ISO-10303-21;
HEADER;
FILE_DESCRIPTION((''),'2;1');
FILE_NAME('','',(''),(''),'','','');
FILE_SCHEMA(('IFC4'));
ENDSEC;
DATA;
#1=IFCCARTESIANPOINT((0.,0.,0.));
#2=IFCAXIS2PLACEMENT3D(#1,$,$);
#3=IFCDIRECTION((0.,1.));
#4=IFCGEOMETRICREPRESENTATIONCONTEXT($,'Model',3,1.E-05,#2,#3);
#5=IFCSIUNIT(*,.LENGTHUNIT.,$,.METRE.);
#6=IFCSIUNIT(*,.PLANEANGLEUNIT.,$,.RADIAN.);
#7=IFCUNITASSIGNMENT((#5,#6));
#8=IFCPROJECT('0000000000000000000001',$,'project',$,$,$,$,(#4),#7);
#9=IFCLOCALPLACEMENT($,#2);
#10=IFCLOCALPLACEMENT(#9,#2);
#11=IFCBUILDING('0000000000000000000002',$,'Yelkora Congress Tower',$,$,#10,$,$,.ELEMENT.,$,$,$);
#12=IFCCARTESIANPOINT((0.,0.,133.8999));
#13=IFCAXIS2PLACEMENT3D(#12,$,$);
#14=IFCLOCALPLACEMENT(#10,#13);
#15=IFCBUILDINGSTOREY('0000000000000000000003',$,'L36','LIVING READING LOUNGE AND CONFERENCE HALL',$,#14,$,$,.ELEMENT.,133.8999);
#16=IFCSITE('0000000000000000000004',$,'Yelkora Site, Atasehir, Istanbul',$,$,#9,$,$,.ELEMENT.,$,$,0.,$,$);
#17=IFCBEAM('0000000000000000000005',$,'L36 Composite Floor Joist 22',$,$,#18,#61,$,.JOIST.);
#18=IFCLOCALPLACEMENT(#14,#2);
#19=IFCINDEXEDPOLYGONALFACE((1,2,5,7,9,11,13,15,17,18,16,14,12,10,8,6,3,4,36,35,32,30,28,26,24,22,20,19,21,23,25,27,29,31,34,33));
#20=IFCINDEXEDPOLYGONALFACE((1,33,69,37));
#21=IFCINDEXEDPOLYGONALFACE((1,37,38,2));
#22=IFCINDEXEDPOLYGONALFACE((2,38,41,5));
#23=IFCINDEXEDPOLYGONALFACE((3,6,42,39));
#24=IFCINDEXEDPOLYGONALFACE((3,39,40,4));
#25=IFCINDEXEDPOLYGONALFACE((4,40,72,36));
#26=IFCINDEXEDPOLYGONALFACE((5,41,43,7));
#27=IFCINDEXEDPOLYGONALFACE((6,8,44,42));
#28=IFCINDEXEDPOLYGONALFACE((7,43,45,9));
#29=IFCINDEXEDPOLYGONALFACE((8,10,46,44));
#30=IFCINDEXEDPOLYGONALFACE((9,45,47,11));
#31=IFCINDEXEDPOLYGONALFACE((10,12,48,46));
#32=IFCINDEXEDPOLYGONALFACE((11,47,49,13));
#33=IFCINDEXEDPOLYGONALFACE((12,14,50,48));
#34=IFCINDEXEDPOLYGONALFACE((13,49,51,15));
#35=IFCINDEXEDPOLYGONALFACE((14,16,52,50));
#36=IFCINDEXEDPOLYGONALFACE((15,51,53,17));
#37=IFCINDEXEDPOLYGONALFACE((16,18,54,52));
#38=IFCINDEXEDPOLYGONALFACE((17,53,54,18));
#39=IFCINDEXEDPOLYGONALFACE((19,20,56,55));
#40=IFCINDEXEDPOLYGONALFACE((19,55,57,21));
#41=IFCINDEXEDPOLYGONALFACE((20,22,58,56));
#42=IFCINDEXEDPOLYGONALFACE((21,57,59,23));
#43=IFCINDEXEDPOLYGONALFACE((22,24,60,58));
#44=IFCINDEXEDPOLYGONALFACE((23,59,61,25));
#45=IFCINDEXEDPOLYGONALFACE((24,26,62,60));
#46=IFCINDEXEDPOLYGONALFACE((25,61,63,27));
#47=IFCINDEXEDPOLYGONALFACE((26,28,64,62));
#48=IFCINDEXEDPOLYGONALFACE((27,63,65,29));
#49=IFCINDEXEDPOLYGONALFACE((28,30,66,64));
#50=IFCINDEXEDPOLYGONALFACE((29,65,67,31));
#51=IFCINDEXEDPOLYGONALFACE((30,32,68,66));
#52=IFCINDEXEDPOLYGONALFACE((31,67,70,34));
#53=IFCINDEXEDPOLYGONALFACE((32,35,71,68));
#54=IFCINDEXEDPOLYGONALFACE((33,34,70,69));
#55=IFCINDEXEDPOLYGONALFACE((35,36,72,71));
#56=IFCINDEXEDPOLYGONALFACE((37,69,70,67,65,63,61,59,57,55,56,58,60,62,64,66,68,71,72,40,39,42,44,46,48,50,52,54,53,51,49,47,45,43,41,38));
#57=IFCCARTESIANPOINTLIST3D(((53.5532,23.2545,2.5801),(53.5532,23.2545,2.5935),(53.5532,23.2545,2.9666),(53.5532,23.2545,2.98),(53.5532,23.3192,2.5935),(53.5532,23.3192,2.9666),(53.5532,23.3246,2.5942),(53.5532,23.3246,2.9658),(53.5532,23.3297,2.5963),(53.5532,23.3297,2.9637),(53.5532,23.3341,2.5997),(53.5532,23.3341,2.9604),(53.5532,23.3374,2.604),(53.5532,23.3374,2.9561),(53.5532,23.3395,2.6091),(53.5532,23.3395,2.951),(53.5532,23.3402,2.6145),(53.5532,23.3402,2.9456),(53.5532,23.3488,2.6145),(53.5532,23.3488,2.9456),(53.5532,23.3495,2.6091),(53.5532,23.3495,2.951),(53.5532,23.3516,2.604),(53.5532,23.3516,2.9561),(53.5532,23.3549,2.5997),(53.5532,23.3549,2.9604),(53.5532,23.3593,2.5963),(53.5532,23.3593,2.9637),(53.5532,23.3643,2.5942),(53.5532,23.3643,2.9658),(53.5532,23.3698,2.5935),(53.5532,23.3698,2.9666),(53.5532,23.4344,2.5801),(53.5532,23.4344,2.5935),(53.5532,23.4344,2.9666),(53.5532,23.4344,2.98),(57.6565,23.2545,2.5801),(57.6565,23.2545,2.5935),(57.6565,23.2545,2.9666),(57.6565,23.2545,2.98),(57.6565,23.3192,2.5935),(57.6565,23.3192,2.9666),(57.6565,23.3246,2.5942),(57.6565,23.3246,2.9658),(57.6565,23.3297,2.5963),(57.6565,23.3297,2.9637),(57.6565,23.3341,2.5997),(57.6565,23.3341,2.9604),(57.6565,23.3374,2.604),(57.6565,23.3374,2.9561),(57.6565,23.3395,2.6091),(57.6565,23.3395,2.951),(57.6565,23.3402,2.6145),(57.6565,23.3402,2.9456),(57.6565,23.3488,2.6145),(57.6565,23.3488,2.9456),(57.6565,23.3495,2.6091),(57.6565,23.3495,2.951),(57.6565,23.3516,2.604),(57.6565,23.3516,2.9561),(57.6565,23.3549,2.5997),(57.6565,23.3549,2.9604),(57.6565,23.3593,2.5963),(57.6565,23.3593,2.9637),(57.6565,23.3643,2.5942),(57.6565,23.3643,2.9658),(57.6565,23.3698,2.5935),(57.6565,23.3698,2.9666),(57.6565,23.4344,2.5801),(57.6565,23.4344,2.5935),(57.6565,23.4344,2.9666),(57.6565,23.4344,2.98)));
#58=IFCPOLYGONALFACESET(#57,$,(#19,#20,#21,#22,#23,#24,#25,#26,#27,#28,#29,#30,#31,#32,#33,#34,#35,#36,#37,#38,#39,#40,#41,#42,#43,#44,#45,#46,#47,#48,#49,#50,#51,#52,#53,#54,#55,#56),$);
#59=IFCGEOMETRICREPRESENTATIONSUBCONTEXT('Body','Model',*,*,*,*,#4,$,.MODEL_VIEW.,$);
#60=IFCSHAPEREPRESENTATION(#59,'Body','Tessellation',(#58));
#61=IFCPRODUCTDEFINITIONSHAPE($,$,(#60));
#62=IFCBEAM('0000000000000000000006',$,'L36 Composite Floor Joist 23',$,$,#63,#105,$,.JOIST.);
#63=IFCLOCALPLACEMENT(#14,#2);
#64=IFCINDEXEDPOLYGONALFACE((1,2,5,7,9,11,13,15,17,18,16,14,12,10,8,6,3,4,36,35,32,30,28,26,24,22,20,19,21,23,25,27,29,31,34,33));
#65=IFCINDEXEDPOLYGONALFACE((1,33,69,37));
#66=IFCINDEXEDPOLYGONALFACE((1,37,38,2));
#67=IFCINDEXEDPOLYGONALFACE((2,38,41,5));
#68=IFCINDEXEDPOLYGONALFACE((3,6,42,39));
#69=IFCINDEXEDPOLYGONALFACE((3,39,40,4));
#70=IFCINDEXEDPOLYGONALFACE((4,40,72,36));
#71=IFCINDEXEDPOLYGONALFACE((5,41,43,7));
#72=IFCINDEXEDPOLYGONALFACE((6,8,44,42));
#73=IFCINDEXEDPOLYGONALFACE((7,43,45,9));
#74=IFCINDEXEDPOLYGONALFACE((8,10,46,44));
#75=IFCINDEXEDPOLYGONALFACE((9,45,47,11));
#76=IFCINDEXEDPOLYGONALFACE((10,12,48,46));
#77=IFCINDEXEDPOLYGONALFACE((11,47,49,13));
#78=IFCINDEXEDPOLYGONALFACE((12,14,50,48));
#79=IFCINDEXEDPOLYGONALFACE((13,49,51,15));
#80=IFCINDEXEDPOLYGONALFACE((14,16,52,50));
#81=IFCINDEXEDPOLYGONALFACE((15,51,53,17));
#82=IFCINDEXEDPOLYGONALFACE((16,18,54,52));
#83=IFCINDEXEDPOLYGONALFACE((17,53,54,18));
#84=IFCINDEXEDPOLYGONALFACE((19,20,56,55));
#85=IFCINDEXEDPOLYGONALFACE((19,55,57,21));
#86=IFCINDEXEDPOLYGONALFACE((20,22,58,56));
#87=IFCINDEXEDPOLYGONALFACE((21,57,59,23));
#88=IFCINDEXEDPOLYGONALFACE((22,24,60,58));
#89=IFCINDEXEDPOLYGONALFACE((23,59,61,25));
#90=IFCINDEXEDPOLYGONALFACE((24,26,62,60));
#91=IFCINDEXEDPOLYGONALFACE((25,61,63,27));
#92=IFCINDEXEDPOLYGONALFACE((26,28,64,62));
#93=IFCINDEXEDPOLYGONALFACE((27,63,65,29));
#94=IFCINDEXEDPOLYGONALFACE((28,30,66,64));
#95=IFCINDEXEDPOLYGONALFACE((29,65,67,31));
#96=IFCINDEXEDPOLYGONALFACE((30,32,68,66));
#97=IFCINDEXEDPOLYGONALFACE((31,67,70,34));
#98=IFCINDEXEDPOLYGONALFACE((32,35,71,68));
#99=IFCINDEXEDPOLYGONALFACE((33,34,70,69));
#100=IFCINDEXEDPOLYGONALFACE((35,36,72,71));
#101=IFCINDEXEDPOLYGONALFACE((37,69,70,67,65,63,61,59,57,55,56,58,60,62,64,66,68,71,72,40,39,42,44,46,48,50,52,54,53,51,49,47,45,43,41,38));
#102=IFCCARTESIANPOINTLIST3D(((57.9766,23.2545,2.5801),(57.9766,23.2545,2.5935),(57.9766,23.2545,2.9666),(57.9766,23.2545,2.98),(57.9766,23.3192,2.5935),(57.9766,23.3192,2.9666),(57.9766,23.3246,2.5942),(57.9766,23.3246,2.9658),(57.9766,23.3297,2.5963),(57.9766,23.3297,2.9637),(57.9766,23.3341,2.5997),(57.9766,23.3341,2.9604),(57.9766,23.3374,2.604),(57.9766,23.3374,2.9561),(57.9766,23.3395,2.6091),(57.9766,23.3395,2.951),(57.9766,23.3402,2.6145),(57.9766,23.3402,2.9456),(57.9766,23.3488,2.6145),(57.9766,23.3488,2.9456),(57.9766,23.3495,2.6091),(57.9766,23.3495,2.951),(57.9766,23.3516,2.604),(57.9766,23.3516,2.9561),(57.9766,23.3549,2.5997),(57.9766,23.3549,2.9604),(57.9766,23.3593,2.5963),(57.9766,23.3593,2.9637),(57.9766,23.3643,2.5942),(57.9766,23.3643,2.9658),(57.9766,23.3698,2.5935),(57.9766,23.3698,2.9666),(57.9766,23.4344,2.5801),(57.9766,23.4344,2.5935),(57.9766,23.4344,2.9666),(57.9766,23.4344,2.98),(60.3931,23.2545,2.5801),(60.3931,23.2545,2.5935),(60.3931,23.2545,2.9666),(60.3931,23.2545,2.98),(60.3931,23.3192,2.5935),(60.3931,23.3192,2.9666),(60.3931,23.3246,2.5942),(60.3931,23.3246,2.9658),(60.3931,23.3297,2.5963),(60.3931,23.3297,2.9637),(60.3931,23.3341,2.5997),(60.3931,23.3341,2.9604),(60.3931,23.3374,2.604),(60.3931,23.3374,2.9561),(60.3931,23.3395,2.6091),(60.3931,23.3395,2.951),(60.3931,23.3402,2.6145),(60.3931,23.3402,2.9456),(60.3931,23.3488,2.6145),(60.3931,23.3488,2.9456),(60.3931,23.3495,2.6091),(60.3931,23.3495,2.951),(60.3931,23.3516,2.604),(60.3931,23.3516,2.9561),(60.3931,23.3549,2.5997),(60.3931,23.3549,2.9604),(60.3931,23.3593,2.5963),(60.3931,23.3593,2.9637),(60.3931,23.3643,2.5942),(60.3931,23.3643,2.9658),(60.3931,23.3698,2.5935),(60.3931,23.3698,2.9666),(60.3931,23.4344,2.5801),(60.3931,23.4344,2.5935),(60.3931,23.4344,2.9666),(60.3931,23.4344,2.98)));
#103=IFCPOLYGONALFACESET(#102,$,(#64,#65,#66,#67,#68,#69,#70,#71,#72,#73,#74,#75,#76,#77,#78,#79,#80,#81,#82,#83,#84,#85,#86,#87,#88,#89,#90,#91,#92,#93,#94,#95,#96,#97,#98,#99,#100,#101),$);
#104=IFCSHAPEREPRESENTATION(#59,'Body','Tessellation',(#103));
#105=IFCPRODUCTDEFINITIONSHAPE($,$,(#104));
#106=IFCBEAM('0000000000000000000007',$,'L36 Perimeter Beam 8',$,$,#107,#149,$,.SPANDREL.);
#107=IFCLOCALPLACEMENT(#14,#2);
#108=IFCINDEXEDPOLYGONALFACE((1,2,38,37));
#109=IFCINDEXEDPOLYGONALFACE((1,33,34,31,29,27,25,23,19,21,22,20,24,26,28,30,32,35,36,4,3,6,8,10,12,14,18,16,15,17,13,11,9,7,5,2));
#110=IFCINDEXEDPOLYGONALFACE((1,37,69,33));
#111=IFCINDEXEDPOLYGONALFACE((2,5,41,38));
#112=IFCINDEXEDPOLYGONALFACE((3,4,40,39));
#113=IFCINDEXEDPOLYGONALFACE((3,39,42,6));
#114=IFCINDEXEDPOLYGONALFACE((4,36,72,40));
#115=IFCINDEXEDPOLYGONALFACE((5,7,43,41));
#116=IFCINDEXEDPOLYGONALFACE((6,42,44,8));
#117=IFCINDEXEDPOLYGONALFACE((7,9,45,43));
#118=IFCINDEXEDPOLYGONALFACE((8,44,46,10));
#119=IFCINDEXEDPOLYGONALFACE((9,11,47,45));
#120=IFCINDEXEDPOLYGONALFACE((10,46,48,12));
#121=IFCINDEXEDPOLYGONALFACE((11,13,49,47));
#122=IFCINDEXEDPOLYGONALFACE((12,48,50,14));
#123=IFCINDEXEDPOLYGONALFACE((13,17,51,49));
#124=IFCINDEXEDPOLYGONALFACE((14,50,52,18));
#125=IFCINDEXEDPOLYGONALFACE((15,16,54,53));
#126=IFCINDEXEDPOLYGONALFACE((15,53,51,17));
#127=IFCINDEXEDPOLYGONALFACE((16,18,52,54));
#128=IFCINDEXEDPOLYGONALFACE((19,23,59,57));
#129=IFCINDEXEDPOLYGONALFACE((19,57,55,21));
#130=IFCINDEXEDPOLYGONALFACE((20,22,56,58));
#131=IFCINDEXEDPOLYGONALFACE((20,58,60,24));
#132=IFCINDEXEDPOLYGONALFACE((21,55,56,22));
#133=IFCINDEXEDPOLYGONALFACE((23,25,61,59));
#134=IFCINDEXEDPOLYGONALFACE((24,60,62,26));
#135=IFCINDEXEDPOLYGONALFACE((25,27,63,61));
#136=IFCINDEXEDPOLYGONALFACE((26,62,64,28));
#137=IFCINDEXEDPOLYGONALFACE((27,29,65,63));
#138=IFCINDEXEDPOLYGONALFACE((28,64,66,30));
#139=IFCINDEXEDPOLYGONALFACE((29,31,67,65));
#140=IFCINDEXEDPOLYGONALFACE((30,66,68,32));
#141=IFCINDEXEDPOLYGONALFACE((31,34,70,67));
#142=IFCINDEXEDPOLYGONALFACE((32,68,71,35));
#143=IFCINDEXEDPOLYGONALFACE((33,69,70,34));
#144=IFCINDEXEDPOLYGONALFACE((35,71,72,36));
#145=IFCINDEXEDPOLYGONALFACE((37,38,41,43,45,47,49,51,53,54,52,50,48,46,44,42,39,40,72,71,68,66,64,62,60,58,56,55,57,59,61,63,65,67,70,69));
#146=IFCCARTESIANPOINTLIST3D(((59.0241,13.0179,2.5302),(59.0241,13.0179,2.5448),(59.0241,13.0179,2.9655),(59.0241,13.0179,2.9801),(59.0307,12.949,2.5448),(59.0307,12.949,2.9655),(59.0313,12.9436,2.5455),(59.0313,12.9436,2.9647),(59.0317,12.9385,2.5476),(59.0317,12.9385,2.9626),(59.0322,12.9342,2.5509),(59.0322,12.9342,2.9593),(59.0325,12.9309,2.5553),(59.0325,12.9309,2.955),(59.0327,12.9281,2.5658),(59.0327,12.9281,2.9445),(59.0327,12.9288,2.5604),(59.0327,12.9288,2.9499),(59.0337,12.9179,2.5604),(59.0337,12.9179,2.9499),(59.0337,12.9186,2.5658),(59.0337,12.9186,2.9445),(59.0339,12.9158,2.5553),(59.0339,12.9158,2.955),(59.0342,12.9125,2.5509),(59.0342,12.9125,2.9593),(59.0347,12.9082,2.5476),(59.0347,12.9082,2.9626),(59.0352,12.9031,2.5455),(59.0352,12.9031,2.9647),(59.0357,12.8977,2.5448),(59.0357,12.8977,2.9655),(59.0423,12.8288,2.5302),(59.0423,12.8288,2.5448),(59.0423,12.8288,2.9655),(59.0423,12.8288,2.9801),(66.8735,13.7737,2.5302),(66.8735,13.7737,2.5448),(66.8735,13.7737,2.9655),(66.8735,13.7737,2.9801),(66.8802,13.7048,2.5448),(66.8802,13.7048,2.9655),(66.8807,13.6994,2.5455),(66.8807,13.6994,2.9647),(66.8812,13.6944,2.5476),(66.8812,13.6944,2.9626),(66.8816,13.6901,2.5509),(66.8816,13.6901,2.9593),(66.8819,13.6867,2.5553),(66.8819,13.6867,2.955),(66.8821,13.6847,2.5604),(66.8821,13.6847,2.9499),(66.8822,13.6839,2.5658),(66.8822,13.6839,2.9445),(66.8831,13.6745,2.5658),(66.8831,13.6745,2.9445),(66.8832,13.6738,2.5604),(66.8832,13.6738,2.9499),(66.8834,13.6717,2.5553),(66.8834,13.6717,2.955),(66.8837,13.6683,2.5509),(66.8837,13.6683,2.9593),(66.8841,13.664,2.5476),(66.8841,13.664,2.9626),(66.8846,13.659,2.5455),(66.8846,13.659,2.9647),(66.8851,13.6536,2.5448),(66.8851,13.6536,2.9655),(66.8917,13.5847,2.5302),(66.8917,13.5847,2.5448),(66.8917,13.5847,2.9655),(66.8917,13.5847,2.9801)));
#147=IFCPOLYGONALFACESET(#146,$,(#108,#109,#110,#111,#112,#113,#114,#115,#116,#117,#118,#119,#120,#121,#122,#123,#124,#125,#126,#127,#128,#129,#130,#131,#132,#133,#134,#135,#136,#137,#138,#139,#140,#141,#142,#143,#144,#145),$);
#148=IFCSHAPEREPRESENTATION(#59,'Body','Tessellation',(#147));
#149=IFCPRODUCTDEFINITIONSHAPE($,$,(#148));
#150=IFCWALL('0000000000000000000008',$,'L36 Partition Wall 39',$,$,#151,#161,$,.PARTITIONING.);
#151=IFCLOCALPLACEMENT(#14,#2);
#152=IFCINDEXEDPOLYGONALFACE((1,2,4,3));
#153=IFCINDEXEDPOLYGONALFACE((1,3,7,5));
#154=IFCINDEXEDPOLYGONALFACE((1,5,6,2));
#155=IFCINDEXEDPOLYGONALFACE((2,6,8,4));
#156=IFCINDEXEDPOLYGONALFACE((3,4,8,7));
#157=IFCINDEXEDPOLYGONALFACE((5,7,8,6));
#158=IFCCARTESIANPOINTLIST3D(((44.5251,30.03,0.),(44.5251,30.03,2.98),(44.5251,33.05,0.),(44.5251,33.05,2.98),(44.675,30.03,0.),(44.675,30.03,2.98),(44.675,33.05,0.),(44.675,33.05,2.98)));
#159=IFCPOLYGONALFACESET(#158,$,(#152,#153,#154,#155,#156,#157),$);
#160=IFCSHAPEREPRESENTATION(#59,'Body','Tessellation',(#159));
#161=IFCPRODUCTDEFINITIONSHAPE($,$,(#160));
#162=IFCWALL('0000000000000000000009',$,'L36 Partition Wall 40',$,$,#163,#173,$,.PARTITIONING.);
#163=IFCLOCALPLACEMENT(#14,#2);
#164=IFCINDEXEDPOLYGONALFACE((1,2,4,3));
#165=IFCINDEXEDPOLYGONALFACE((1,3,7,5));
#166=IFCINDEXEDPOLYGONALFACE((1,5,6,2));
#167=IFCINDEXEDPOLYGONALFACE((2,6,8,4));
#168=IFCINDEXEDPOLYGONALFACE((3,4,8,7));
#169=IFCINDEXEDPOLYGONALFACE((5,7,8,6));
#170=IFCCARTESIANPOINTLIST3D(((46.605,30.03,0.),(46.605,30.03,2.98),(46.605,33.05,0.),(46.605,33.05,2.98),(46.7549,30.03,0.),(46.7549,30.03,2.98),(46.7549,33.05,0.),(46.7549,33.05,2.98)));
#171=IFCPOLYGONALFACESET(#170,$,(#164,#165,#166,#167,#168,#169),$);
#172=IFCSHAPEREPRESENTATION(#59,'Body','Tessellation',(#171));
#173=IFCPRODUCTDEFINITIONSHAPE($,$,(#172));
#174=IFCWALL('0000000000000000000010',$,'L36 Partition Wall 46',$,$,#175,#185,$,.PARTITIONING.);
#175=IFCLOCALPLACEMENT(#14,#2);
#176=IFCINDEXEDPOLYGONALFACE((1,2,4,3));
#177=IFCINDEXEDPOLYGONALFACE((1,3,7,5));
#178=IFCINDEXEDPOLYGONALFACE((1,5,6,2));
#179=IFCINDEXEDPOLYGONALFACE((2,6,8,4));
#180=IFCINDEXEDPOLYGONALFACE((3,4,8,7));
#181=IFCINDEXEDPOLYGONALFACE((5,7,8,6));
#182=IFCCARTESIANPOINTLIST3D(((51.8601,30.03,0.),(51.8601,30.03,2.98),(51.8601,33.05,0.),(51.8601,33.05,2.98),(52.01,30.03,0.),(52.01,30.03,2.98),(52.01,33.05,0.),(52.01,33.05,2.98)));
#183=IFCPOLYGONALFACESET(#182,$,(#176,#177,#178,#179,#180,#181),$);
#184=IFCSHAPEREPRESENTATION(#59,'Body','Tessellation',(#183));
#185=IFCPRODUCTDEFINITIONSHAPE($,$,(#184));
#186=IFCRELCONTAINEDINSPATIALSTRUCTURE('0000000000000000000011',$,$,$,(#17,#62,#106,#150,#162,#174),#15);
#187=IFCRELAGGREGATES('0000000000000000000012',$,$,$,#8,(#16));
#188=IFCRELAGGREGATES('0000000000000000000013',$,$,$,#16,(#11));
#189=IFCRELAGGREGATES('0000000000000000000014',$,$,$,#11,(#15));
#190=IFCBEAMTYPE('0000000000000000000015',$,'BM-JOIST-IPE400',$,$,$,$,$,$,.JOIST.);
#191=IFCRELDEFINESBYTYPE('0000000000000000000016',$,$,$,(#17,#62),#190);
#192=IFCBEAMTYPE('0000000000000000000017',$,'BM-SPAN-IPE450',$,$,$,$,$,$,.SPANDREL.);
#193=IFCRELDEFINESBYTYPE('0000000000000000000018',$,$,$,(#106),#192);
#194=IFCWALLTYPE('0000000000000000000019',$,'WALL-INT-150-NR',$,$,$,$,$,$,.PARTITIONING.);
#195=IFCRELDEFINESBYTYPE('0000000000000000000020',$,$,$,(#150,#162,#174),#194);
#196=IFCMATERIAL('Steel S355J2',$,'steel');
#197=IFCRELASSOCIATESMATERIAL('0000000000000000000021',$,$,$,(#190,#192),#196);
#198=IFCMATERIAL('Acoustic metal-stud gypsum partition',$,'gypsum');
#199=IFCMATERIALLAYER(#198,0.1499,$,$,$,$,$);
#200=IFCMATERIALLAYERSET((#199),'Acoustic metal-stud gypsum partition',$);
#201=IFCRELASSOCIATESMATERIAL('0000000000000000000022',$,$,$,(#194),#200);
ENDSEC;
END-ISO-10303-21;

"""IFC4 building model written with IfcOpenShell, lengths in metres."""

from ifc_helpers import new_model, si_unit, direction, frame, frame_2d, origin, origin_2d, place, context, subcontext, project, spatial, rectangle, i_section, extrude, material, layer, layer_set, material_profile, profile_set, type_object, element, save


model = new_model("IFC4")

# Units and contexts
model_context = context("Model", 3, precision=1e-05, world=origin(), true_north=direction((0.0, 1.0)))
body_context = subcontext(model_context, "Body", "Model", "MODEL_VIEW")
ifc_project = project(units=[si_unit("LENGTHUNIT", "METRE"), si_unit("PLANEANGLEUNIT", "RADIAN")], contexts=[model_context])

# Site, building, storey
site_placement = place(None, origin())
site = spatial("IfcSite", under=ifc_project, at=site_placement, Name="Yelkora Site, Atasehir, Istanbul", CompositionType="ELEMENT", RefElevation=0.0)
building_placement = place(site_placement, origin())
building = spatial("IfcBuilding", under=site, at=building_placement, Name="Yelkora Congress Tower", CompositionType="ELEMENT")
storey_placement = place(building_placement, frame((0.0, 0.0, 133.8999)))
storey = spatial("IfcBuildingStorey", under=building, at=storey_placement, Name="L36", Description="LIVING READING LOUNGE AND CONFERENCE HALL", CompositionType="ELEMENT", Elevation=133.8999)

# Beams
ifc_material_1 = material(Name="Steel S355J2", Category="steel")
ifc_material_profile_1 = material_profile(ifc_material_1, i_section(OverallWidth=0.1799, OverallDepth=0.3999, WebThickness=0.0085, FlangeThickness=0.0134, FilletRadius=0.021, at=origin_2d()), Name="IPE 400")
ifc_profile_set_1 = profile_set([ifc_material_profile_1], Name="Steel S355J2")
beam_type_1 = type_object("IfcBeamType", Name="BM-JOIST-IPE400", PredefinedType="JOIST", material=ifc_profile_set_1)
beam_1_placement = place(storey_placement, frame((53.5532, 23.3445, 2.78), z_axis=(1.0, 0.0, 0.0), x_axis=(0.0, 1.0, 0.0)))
element("IfcBeam", 1, at=beam_1_placement, inside=storey, type_object=beam_type_1, Name="L36 Composite Floor Joist 22", PredefinedType="JOIST", context=body_context, shape_type="SweptSolid", body=[
    extrude(i_section(OverallWidth=0.1799, OverallDepth=0.3999, WebThickness=0.0085, FlangeThickness=0.0134, FilletRadius=0.021, at=origin_2d()), origin(), (0.0, 0.0, 1.0), 4.1033),
])
beam_2_placement = place(storey_placement, frame((57.9766, 23.3445, 2.78), z_axis=(1.0, 0.0, 0.0), x_axis=(0.0, 1.0, 0.0)))
element("IfcBeam", 2, at=beam_2_placement, inside=storey, type_object=beam_type_1, Name="L36 Composite Floor Joist 23", PredefinedType="JOIST", context=body_context, shape_type="SweptSolid", body=[
    extrude(i_section(OverallWidth=0.1799, OverallDepth=0.3999, WebThickness=0.0085, FlangeThickness=0.0134, FilletRadius=0.021, at=origin_2d()), origin(), (0.0, 0.0, 1.0), 2.4165),
])
ifc_material_profile_2 = material_profile(ifc_material_1, i_section(OverallWidth=0.1899, OverallDepth=0.45, WebThickness=0.0095, FlangeThickness=0.0146, FilletRadius=0.021, at=origin_2d()), Name="IPE 450")
ifc_profile_set_2 = profile_set([ifc_material_profile_2], Name="Steel S355J2")
beam_type_2 = type_object("IfcBeamType", Name="BM-SPAN-IPE450", PredefinedType="SPANDREL", material=ifc_profile_set_2)
beam_3_placement = place(storey_placement, frame((59.0332, 12.9233, 2.7551), z_axis=(0.995396, 0.095852, 0.0), x_axis=(-0.095852, 0.995396, 0.0)))
element("IfcBeam", 3, at=beam_3_placement, inside=storey, type_object=beam_type_2, Name="L36 Perimeter Beam 8", PredefinedType="SPANDREL", context=body_context, shape_type="SweptSolid", body=[
    extrude(i_section(OverallWidth=0.1899, OverallDepth=0.45, WebThickness=0.0095, FlangeThickness=0.0146, FilletRadius=0.021, at=origin_2d()), origin(), (0.0, 0.0, 1.0), 7.8857),
])

# Walls
ifc_material_2 = material(Name="Acoustic metal-stud gypsum partition", Category="gypsum")
ifc_layer = layer(ifc_material_2, 0.1499)
ifc_layer_set = layer_set([ifc_layer], Name="Acoustic metal-stud gypsum partition")
wall_type = type_object("IfcWallType", Name="WALL-INT-150-NR", PredefinedType="PARTITIONING", material=ifc_layer_set)
for number, where, z_axis, x_axis, name in (
    (4, (44.6001, 30.03, 0.0), (0.0, 0.0, 1.0), (0.0, 1.0, 0.0), "L36 Partition Wall 39"),
    (5, (46.6799, 30.03, 0.0), (0.0, 0.0, 1.0), (0.0, 1.0, 0.0), "L36 Partition Wall 40"),
    (6, (51.9351, 30.03, 0.0), (0.0, 0.0, 1.0), (0.0, 1.0, 0.0), "L36 Partition Wall 46"),
):
    element("IfcWall", number, at=place(storey_placement, frame(where, z_axis=z_axis, x_axis=x_axis)), inside=storey, type_object=wall_type, Name=name, PredefinedType="PARTITIONING", context=body_context, shape_type="SweptSolid", body=[
        extrude(rectangle(XDim=3.02, YDim=0.1499, at=frame_2d((1.51, 0.0))), origin(), (0.0, 0.0, 1.0), 2.98),
    ])

save(model, "model.ifc")
